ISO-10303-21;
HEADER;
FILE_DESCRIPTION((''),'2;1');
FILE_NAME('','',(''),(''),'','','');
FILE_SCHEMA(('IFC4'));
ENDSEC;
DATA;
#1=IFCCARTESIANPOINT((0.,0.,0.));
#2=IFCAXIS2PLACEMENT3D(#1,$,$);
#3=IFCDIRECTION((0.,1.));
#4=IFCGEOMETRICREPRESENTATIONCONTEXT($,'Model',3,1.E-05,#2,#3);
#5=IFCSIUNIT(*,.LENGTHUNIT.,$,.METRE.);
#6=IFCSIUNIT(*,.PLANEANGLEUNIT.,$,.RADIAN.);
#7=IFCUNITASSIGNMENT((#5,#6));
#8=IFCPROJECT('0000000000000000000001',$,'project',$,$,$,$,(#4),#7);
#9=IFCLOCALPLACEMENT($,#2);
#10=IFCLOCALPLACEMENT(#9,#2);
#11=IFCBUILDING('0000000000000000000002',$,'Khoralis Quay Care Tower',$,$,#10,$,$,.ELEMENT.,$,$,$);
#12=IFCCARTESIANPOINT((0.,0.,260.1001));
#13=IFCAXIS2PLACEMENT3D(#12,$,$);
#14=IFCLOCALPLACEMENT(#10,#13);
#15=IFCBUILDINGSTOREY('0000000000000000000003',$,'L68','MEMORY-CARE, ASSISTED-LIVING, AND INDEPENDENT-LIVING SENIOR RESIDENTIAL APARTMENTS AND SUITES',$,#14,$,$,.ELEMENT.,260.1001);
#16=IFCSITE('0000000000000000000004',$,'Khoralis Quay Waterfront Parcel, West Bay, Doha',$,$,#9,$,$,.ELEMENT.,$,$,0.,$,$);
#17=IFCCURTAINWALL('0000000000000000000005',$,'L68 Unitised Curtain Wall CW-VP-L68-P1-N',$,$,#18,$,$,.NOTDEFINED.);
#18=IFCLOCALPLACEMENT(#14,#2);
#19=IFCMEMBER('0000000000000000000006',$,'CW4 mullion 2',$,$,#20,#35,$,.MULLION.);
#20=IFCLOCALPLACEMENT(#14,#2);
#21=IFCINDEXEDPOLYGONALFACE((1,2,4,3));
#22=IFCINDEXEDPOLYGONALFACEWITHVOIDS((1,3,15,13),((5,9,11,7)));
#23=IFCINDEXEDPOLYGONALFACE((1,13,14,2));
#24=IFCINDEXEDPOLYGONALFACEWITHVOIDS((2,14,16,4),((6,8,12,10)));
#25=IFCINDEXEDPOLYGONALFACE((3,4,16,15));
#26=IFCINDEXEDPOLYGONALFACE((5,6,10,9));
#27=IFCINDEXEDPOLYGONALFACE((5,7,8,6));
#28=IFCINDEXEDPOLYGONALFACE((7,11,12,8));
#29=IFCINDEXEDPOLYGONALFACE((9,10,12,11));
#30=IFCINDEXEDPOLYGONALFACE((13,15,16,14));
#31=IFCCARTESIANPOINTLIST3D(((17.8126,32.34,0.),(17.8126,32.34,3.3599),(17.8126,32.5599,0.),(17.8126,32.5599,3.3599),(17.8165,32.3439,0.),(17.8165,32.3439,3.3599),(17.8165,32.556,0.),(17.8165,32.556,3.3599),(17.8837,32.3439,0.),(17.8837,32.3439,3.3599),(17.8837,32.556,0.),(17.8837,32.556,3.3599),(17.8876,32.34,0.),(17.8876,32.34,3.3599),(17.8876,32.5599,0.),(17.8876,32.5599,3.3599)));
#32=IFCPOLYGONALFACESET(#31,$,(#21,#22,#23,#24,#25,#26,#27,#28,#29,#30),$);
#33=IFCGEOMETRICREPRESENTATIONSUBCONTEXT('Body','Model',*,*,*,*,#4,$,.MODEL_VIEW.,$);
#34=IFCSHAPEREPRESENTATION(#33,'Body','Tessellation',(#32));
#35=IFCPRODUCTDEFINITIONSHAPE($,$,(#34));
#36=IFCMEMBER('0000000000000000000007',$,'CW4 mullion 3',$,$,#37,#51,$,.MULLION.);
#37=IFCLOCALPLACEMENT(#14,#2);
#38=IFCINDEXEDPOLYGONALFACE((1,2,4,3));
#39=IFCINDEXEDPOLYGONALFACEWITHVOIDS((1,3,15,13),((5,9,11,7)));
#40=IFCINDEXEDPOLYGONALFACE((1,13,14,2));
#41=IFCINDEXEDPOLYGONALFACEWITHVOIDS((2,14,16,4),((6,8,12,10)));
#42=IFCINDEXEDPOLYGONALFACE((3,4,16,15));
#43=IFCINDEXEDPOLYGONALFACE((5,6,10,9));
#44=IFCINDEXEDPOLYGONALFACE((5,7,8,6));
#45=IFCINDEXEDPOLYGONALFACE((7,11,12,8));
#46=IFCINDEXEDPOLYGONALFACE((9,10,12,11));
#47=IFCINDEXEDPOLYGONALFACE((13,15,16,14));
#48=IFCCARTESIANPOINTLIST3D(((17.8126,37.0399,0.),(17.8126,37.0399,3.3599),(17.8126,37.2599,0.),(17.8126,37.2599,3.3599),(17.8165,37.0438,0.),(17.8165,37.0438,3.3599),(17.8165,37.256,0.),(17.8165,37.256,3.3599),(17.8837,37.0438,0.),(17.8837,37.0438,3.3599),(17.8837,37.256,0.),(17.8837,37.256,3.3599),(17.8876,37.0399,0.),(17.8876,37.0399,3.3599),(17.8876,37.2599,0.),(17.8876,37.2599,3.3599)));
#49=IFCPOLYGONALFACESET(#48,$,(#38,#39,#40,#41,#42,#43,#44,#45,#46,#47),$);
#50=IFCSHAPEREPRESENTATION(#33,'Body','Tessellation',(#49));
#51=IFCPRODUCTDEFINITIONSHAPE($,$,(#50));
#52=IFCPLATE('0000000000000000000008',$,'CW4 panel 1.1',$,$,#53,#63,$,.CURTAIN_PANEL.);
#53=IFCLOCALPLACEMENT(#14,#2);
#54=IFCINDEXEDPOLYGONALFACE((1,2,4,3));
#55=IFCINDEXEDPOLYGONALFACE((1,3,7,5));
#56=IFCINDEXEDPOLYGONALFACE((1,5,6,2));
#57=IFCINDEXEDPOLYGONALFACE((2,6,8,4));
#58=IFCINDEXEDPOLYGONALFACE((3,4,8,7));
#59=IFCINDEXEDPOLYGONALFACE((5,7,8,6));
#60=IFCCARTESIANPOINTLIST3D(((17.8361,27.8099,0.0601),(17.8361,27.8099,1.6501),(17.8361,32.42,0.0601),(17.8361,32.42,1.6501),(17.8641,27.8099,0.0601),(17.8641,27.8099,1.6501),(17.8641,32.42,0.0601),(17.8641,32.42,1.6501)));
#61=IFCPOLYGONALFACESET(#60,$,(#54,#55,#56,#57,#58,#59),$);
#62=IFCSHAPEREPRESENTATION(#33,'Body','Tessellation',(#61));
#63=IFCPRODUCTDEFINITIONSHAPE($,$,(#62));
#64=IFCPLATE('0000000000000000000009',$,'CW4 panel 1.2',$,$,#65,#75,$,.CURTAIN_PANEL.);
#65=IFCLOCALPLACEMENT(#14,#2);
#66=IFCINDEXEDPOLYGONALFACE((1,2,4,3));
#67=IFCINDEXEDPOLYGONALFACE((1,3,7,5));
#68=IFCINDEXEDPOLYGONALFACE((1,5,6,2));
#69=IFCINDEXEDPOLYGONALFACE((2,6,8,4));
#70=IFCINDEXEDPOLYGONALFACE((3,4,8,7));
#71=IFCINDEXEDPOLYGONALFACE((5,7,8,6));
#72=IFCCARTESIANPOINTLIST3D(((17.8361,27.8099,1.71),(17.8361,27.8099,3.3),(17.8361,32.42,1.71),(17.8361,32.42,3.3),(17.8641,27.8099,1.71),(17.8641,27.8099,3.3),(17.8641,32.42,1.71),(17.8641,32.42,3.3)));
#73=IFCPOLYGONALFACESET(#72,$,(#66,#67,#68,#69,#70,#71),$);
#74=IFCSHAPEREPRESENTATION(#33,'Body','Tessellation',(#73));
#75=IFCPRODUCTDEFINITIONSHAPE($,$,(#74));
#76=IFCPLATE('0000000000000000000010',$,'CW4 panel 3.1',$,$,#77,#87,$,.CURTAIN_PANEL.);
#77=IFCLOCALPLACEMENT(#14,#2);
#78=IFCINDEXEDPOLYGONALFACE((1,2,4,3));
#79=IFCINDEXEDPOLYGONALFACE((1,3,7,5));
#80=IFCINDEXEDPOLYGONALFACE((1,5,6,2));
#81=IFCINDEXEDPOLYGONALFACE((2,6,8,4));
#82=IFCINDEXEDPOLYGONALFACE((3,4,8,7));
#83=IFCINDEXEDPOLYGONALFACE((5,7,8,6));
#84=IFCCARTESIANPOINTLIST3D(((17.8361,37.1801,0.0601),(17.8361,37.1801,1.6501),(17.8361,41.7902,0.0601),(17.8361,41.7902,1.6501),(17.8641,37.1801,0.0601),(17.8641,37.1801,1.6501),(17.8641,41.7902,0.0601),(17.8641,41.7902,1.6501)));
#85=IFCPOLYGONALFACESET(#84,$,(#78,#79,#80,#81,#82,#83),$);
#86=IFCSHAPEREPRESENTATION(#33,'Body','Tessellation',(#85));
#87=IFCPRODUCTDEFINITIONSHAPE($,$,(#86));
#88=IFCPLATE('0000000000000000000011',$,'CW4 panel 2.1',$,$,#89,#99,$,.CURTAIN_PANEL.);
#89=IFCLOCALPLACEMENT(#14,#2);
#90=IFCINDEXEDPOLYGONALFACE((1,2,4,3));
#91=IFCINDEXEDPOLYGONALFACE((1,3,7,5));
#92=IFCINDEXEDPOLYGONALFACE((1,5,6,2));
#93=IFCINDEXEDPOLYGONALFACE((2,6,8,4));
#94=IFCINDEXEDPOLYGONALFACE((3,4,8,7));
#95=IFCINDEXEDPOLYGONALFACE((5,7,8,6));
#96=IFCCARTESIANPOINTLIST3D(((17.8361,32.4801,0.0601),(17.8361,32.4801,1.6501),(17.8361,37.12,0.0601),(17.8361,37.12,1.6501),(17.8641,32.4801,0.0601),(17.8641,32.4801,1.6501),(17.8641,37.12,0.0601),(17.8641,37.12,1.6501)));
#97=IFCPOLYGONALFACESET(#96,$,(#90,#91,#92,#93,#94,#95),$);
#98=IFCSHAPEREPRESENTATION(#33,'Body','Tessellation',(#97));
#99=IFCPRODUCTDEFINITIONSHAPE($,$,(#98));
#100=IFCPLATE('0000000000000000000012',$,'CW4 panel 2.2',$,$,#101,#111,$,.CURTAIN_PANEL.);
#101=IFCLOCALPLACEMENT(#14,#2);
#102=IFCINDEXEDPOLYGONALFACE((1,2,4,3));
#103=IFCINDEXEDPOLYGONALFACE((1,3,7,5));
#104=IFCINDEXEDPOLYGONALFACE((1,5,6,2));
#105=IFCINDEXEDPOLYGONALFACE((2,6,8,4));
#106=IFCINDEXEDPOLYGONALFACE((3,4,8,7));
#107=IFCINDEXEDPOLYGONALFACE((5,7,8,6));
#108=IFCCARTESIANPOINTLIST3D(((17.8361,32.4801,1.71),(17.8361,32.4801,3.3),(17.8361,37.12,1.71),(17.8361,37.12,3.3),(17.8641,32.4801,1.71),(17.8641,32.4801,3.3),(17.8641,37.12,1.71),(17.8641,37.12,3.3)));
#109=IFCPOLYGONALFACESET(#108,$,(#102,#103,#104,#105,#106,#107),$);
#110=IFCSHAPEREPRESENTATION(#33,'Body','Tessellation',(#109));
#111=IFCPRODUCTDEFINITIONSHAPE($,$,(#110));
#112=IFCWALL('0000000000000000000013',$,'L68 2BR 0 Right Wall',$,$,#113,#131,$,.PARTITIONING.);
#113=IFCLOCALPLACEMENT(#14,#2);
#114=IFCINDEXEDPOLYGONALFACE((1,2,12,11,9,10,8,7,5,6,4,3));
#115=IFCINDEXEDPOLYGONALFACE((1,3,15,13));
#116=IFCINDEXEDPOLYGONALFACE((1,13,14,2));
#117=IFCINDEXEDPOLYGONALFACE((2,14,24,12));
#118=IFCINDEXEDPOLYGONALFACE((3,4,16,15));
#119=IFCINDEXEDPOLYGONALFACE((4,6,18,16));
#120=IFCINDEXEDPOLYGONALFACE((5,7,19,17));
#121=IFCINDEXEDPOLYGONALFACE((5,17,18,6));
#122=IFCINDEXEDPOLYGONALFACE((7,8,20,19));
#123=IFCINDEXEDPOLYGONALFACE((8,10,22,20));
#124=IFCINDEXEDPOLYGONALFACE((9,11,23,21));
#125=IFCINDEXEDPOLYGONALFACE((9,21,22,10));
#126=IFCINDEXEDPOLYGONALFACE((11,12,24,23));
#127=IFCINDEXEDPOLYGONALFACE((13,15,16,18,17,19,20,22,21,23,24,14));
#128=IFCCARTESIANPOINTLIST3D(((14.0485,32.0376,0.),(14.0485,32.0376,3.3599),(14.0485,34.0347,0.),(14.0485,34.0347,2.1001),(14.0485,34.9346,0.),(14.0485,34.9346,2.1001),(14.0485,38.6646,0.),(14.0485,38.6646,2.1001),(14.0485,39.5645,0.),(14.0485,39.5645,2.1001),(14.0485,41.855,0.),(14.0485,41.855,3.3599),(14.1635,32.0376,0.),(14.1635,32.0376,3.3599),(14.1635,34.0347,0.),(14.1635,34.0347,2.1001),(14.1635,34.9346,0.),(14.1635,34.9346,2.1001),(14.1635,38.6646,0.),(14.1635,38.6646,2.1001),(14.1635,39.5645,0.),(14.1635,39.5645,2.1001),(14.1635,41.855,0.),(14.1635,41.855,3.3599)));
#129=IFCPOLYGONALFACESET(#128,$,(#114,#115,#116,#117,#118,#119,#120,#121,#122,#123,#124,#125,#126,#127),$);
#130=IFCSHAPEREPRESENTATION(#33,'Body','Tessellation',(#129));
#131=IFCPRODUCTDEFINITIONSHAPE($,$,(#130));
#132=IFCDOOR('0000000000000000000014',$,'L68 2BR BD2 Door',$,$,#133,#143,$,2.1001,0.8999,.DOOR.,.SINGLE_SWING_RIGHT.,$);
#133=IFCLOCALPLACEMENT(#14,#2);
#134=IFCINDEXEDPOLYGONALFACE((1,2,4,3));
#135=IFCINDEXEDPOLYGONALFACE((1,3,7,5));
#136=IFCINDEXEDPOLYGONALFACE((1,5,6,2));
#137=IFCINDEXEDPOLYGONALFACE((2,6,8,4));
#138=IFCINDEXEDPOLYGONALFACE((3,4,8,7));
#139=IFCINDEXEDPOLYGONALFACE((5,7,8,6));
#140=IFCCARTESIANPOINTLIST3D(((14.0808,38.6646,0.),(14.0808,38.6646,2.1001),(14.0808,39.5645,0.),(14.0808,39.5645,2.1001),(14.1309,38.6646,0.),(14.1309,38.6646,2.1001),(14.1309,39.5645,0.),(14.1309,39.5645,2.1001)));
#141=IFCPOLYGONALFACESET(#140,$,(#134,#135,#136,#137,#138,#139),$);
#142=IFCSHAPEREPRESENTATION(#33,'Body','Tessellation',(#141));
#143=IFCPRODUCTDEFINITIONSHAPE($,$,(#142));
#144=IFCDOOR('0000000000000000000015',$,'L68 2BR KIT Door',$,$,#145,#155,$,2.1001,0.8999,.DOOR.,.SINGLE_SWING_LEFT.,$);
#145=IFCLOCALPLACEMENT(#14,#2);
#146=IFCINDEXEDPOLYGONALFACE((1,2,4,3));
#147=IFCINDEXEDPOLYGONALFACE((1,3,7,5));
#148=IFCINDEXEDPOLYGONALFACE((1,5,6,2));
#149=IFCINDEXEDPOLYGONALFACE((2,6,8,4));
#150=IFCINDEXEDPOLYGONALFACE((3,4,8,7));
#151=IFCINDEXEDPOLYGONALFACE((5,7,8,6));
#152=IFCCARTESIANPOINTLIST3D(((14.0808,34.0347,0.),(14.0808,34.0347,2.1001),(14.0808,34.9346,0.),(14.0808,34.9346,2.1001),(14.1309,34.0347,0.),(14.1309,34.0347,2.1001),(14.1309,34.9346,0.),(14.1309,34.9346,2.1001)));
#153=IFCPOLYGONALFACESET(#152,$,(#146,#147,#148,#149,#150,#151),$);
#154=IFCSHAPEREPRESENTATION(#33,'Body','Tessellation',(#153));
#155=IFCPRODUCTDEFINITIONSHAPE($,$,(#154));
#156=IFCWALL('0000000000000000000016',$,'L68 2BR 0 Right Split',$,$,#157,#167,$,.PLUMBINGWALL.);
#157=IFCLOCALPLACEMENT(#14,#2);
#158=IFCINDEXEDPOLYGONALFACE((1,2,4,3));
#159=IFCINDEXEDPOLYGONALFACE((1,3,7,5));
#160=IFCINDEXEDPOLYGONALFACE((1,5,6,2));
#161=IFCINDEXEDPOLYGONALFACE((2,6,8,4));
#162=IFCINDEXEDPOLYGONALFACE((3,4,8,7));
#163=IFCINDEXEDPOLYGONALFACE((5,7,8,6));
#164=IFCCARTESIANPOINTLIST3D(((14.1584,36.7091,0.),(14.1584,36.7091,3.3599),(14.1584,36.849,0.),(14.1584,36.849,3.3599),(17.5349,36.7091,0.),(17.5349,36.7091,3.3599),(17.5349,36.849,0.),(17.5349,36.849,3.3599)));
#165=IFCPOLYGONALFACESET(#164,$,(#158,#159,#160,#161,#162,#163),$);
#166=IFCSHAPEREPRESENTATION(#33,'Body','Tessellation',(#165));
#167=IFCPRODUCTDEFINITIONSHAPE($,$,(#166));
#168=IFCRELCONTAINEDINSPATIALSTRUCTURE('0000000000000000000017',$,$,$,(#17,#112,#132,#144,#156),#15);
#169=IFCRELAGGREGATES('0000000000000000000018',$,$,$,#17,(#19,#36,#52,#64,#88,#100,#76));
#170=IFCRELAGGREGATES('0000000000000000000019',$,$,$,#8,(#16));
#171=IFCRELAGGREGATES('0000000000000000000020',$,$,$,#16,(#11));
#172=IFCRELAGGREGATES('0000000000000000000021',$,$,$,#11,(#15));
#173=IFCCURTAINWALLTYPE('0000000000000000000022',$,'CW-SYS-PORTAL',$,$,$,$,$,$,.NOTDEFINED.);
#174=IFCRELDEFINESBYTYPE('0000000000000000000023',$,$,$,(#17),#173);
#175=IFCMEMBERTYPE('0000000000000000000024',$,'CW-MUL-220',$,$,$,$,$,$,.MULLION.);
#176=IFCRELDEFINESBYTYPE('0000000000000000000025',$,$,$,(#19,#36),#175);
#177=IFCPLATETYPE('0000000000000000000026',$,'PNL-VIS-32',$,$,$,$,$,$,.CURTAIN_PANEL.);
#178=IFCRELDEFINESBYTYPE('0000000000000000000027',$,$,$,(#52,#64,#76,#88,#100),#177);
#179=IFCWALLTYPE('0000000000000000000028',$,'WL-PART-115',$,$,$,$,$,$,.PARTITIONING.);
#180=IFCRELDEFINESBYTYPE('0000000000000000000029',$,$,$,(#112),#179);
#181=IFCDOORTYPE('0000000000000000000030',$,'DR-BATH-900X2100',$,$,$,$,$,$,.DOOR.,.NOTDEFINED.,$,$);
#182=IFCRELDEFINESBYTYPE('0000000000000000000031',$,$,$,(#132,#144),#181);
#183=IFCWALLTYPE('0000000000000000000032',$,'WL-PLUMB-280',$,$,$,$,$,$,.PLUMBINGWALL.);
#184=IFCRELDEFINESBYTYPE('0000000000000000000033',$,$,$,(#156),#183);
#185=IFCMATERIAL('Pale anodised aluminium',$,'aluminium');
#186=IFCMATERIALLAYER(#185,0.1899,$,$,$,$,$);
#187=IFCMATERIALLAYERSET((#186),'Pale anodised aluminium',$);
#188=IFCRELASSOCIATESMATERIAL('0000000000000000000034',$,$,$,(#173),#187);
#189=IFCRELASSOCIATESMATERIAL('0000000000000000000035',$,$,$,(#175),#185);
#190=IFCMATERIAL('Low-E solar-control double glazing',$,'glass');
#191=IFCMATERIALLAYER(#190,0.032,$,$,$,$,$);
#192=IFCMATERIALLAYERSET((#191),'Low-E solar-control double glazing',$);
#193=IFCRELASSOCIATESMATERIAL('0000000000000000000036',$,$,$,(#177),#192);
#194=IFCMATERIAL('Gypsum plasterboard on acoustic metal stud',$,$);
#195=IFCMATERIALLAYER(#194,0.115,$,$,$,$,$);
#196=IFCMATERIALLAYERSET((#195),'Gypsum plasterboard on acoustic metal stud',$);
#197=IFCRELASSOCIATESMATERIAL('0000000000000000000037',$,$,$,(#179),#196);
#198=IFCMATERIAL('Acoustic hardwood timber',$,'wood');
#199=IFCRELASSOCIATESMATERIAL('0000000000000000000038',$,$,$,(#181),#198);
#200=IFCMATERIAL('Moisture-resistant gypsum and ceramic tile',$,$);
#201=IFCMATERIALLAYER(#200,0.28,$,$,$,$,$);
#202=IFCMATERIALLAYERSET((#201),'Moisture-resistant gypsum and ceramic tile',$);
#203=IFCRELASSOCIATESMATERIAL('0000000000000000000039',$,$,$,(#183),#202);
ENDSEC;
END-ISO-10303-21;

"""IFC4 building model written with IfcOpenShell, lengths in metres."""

from ifc_helpers import new_model, si_unit, direction, frame, frame_2d, origin, origin_2d, place, context, subcontext, project, spatial, rectangle, hollow_rectangle, extrude, source, transform, mapped, material, layer, layer_set, material_profile, profile_set, type_object, element, fill, aggregate, save


model = new_model("IFC4")

# Units and contexts
model_context = context("Model", 3, precision=1e-05, world=origin(), true_north=direction((0.0, 1.0)))
body_context = subcontext(model_context, "Body", "Model", "MODEL_VIEW")
ifc_project = project(units=[si_unit("LENGTHUNIT", "METRE"), si_unit("PLANEANGLEUNIT", "RADIAN")], contexts=[model_context])

# Site, building, storey
site_placement = place(None, origin())
site = spatial("IfcSite", under=ifc_project, at=site_placement, Name="Khoralis Quay Waterfront Parcel, West Bay, Doha", CompositionType="ELEMENT", RefElevation=0.0)
building_placement = place(site_placement, origin())
building = spatial("IfcBuilding", under=site, at=building_placement, Name="Khoralis Quay Care Tower", CompositionType="ELEMENT")
storey_placement = place(building_placement, frame((0.0, 0.0, 260.1001)))
storey = spatial("IfcBuildingStorey", under=building, at=storey_placement, Name="L68", Description="MEMORY-CARE, ASSISTED-LIVING, AND INDEPENDENT-LIVING SENIOR RESIDENTIAL APARTMENTS AND SUITES", CompositionType="ELEMENT", Elevation=260.1001)

# Curtain wall, members, plates
ifc_material_1 = material(Name="Pale anodised aluminium", Category="aluminium")
ifc_layer_1 = layer(ifc_material_1, 0.1899)
ifc_layer_set_1 = layer_set([ifc_layer_1], Name="Pale anodised aluminium")
curtain_wall_type = type_object("IfcCurtainWallType", Name="CW-SYS-PORTAL", PredefinedType="NOTDEFINED", material=ifc_layer_set_1)
curtain_wall_placement = place(storey_placement, origin())
curtain_wall = element("IfcCurtainWall", 1, at=curtain_wall_placement, inside=storey, type_object=curtain_wall_type, Name="L68 Unitised Curtain Wall CW-VP-L68-P1-N", PredefinedType="NOTDEFINED")
ifc_material_profile_1 = material_profile(ifc_material_1, hollow_rectangle(XDim=0.075, YDim=0.22, WallThickness=0.0039, at=origin_2d()), Name="Pale anodised aluminium")
ifc_profile_set_1 = profile_set([ifc_material_profile_1], Name="Pale anodised aluminium")
member_type_1 = type_object("IfcMemberType", Name="CW-MUL-220", PredefinedType="MULLION", material=ifc_profile_set_1)
shared_shape_1 = source(origin(), body_context, "Body", "SweptSolid", [
    extrude(hollow_rectangle(XDim=0.075, YDim=0.22, WallThickness=0.0039, at=origin_2d()), origin(), (0.0, 0.0, 1.0), 3.3599),
])
member_1_placement = place(storey_placement, frame((17.8501, 32.45, 0.0), z_axis=(0.0, 0.0, 1.0), x_axis=(-1.0, 0.0, 0.0)))
member_1 = element("IfcMember", 2, at=member_1_placement, type_object=member_type_1, Name="CW4 mullion 2", PredefinedType="MULLION", context=body_context, shape_type="MappedRepresentation", body=[
    mapped(shared_shape_1, transform((0.0, 0.0, 0.0), scale=1.0)),
])
member_2_placement = place(storey_placement, frame((17.8501, 37.1499, 0.0), z_axis=(0.0, 0.0, 1.0), x_axis=(-1.0, 0.0, 0.0)))
member_2 = element("IfcMember", 3, at=member_2_placement, type_object=member_type_1, Name="CW4 mullion 3", PredefinedType="MULLION", context=body_context, shape_type="MappedRepresentation", body=[
    mapped(shared_shape_1, transform((0.0, 0.0, 0.0), scale=1.0)),
])
ifc_material_2 = material(Name="Low-E solar-control double glazing", Category="glass")
ifc_layer_2 = layer(ifc_material_2, 0.032)
ifc_layer_set_2 = layer_set([ifc_layer_2], Name="Low-E solar-control double glazing")
plate_type = type_object("IfcPlateType", Name="PNL-VIS-32", PredefinedType="CURTAIN_PANEL", material=ifc_layer_set_2)
shared_shape_2 = source(origin(), body_context, "Body", "SweptSolid", [
    extrude(rectangle(XDim=4.6101, YDim=0.0281, at=origin_2d()), origin(), (0.0, 0.0, 1.0), 1.5901),
])
plate_1_placement = place(storey_placement, frame((17.8501, 30.115, 0.0601), z_axis=(0.0, 0.0, 1.0), x_axis=(0.0, 1.0, 0.0)))
plate_1 = element("IfcPlate", 4, at=plate_1_placement, type_object=plate_type, Name="CW4 panel 1.1", PredefinedType="CURTAIN_PANEL", context=body_context, shape_type="MappedRepresentation", body=[
    mapped(shared_shape_2, transform((0.0, 0.0, 0.0), scale=1.0)),
])
plate_2_placement = place(storey_placement, frame((17.8501, 30.115, 1.71), z_axis=(0.0, 0.0, 1.0), x_axis=(0.0, 1.0, 0.0)))
plate_2 = element("IfcPlate", 5, at=plate_2_placement, type_object=plate_type, Name="CW4 panel 1.2", PredefinedType="CURTAIN_PANEL", context=body_context, shape_type="MappedRepresentation", body=[
    mapped(shared_shape_2, transform((0.0, 0.0, 0.0), scale=1.0)),
])
plate_3_placement = place(storey_placement, frame((17.8501, 39.4851, 0.0601), z_axis=(0.0, 0.0, 1.0), x_axis=(0.0, 1.0, 0.0)))
plate_3 = element("IfcPlate", 6, at=plate_3_placement, type_object=plate_type, Name="CW4 panel 3.1", PredefinedType="CURTAIN_PANEL", context=body_context, shape_type="MappedRepresentation", body=[
    mapped(shared_shape_2, transform((0.0, 0.0, 0.0), scale=1.0)),
])
shared_shape_3 = source(origin(), body_context, "Body", "SweptSolid", [
    extrude(rectangle(XDim=4.6399, YDim=0.0281, at=origin_2d()), origin(), (0.0, 0.0, 1.0), 1.5901),
])
plate_4_placement = place(storey_placement, frame((17.8501, 34.8, 0.0601), z_axis=(0.0, 0.0, 1.0), x_axis=(0.0, 1.0, 0.0)))
plate_4 = element("IfcPlate", 7, at=plate_4_placement, type_object=plate_type, Name="CW4 panel 2.1", PredefinedType="CURTAIN_PANEL", context=body_context, shape_type="MappedRepresentation", body=[
    mapped(shared_shape_3, transform((0.0, 0.0, 0.0), scale=1.0)),
])
plate_5_placement = place(storey_placement, frame((17.8501, 34.8, 1.71), z_axis=(0.0, 0.0, 1.0), x_axis=(0.0, 1.0, 0.0)))
plate_5 = element("IfcPlate", 8, at=plate_5_placement, type_object=plate_type, Name="CW4 panel 2.2", PredefinedType="CURTAIN_PANEL", context=body_context, shape_type="MappedRepresentation", body=[
    mapped(shared_shape_3, transform((0.0, 0.0, 0.0), scale=1.0)),
])
aggregate(curtain_wall, [member_1, member_2, plate_1, plate_2, plate_4, plate_5, plate_3])

# Wall, openings, doors
ifc_material_3 = material(Name="Gypsum plasterboard on acoustic metal stud")
ifc_layer_3 = layer(ifc_material_3, 0.115)
ifc_layer_set_3 = layer_set([ifc_layer_3], Name="Gypsum plasterboard on acoustic metal stud")
wall_type_1 = type_object("IfcWallType", Name="WL-PART-115", PredefinedType="PARTITIONING", material=ifc_layer_set_3)
wall_1_placement = place(storey_placement, frame((14.106, 32.0376, 0.0), z_axis=(0.0, 0.0, 1.0), x_axis=(0.0, 1.0, 0.0)))
wall_1 = element("IfcWall", 9, at=wall_1_placement, inside=storey, type_object=wall_type_1, Name="L68 2BR 0 Right Wall", PredefinedType="PARTITIONING", context=body_context, shape_type="SweptSolid", body=[
    extrude(rectangle(XDim=9.8174, YDim=0.115, at=frame_2d((4.9087, 0.0))), origin(), (0.0, 0.0, 1.0), 3.3599),
])
opening_1_placement = place(wall_1_placement, frame((6.627, 0.0, 0.0)))
opening_1 = element("IfcOpeningElement", 10, at=opening_1_placement, cuts=wall_1, PredefinedType="OPENING", context=body_context, shape_type="SweptSolid", body=[
    extrude(rectangle(XDim=0.8999, YDim=2.1001, at=frame_2d((0.45, 1.05))), frame((0.0, 0.0674, 0.0), z_axis=(0.0, -1.0, 0.0), x_axis=(1.0, 0.0, 0.0)), (0.0, 0.0, 1.0), 0.135),
])
opening_2_placement = place(wall_1_placement, frame((1.9971, 0.0, 0.0)))
opening_2 = element("IfcOpeningElement", 11, at=opening_2_placement, cuts=wall_1, PredefinedType="OPENING", context=body_context, shape_type="SweptSolid", body=[
    extrude(rectangle(XDim=0.8999, YDim=2.1001, at=frame_2d((0.45, 1.05))), frame((0.0, 0.0674, 0.0), z_axis=(0.0, -1.0, 0.0), x_axis=(1.0, 0.0, 0.0)), (0.0, 0.0, 1.0), 0.135),
])
ifc_material_4 = material(Name="Acoustic hardwood timber", Category="wood")
door_type = type_object("IfcDoorType", Name="DR-BATH-900X2100", OperationType="NOTDEFINED", PredefinedType="DOOR", material=ifc_material_4)
shared_shape_4 = source(origin(), body_context, "Body", "SweptSolid", [
    extrude(rectangle(XDim=0.8999, YDim=2.1001, at=frame_2d((0.45, 1.05))), frame((0.0, 0.0249, 0.0), z_axis=(0.0, -1.0, 0.0), x_axis=(1.0, 0.0, 0.0)), (0.0, 0.0, 1.0), 0.05),
])
door_1_placement = place(opening_1_placement, frame((0.8999, 0.0, 0.0), z_axis=(0.0, 0.0, 1.0), x_axis=(-1.0, 0.0, 0.0)))
door_1 = element("IfcDoor", 12, at=door_1_placement, inside=storey, type_object=door_type, Name="L68 2BR BD2 Door", OperationType="SINGLE_SWING_RIGHT", OverallHeight=2.1001, OverallWidth=0.8999, PredefinedType="DOOR", context=body_context, shape_type="MappedRepresentation", body=[
    mapped(shared_shape_4, transform((0.0, 0.0, 0.0), scale=1.0)),
])
fill(opening_1, door_1)
door_2_placement = place(opening_2_placement, frame((0.8999, 0.0, 0.0), z_axis=(0.0, 0.0, 1.0), x_axis=(-1.0, 0.0, 0.0)))
door_2 = element("IfcDoor", 13, at=door_2_placement, inside=storey, type_object=door_type, Name="L68 2BR KIT Door", OperationType="SINGLE_SWING_LEFT", OverallHeight=2.1001, OverallWidth=0.8999, PredefinedType="DOOR", context=body_context, shape_type="MappedRepresentation", body=[
    mapped(shared_shape_4, transform((0.0, 0.0, 0.0), scale=1.0)),
])
fill(opening_2, door_2)

# Wall
ifc_material_5 = material(Name="Moisture-resistant gypsum and ceramic tile")
ifc_layer_4 = layer(ifc_material_5, 0.28)
ifc_layer_set_4 = layer_set([ifc_layer_4], Name="Moisture-resistant gypsum and ceramic tile")
wall_type_2 = type_object("IfcWallType", Name="WL-PLUMB-280", PredefinedType="PLUMBINGWALL", material=ifc_layer_set_4)
wall_2_placement = place(storey_placement, frame((14.1584, 36.7791, 0.0), z_axis=(0.0, 0.0, 1.0), x_axis=(1.0, 0.0, 0.0)))
element("IfcWall", 14, at=wall_2_placement, inside=storey, type_object=wall_type_2, Name="L68 2BR 0 Right Split", PredefinedType="PLUMBINGWALL", context=body_context, shape_type="SweptSolid", body=[
    extrude(rectangle(XDim=3.3765, YDim=0.1399, at=frame_2d((1.6882, 0.0))), origin(), (0.0, 0.0, 1.0), 3.3599),
])

save(model, "model.ifc")
